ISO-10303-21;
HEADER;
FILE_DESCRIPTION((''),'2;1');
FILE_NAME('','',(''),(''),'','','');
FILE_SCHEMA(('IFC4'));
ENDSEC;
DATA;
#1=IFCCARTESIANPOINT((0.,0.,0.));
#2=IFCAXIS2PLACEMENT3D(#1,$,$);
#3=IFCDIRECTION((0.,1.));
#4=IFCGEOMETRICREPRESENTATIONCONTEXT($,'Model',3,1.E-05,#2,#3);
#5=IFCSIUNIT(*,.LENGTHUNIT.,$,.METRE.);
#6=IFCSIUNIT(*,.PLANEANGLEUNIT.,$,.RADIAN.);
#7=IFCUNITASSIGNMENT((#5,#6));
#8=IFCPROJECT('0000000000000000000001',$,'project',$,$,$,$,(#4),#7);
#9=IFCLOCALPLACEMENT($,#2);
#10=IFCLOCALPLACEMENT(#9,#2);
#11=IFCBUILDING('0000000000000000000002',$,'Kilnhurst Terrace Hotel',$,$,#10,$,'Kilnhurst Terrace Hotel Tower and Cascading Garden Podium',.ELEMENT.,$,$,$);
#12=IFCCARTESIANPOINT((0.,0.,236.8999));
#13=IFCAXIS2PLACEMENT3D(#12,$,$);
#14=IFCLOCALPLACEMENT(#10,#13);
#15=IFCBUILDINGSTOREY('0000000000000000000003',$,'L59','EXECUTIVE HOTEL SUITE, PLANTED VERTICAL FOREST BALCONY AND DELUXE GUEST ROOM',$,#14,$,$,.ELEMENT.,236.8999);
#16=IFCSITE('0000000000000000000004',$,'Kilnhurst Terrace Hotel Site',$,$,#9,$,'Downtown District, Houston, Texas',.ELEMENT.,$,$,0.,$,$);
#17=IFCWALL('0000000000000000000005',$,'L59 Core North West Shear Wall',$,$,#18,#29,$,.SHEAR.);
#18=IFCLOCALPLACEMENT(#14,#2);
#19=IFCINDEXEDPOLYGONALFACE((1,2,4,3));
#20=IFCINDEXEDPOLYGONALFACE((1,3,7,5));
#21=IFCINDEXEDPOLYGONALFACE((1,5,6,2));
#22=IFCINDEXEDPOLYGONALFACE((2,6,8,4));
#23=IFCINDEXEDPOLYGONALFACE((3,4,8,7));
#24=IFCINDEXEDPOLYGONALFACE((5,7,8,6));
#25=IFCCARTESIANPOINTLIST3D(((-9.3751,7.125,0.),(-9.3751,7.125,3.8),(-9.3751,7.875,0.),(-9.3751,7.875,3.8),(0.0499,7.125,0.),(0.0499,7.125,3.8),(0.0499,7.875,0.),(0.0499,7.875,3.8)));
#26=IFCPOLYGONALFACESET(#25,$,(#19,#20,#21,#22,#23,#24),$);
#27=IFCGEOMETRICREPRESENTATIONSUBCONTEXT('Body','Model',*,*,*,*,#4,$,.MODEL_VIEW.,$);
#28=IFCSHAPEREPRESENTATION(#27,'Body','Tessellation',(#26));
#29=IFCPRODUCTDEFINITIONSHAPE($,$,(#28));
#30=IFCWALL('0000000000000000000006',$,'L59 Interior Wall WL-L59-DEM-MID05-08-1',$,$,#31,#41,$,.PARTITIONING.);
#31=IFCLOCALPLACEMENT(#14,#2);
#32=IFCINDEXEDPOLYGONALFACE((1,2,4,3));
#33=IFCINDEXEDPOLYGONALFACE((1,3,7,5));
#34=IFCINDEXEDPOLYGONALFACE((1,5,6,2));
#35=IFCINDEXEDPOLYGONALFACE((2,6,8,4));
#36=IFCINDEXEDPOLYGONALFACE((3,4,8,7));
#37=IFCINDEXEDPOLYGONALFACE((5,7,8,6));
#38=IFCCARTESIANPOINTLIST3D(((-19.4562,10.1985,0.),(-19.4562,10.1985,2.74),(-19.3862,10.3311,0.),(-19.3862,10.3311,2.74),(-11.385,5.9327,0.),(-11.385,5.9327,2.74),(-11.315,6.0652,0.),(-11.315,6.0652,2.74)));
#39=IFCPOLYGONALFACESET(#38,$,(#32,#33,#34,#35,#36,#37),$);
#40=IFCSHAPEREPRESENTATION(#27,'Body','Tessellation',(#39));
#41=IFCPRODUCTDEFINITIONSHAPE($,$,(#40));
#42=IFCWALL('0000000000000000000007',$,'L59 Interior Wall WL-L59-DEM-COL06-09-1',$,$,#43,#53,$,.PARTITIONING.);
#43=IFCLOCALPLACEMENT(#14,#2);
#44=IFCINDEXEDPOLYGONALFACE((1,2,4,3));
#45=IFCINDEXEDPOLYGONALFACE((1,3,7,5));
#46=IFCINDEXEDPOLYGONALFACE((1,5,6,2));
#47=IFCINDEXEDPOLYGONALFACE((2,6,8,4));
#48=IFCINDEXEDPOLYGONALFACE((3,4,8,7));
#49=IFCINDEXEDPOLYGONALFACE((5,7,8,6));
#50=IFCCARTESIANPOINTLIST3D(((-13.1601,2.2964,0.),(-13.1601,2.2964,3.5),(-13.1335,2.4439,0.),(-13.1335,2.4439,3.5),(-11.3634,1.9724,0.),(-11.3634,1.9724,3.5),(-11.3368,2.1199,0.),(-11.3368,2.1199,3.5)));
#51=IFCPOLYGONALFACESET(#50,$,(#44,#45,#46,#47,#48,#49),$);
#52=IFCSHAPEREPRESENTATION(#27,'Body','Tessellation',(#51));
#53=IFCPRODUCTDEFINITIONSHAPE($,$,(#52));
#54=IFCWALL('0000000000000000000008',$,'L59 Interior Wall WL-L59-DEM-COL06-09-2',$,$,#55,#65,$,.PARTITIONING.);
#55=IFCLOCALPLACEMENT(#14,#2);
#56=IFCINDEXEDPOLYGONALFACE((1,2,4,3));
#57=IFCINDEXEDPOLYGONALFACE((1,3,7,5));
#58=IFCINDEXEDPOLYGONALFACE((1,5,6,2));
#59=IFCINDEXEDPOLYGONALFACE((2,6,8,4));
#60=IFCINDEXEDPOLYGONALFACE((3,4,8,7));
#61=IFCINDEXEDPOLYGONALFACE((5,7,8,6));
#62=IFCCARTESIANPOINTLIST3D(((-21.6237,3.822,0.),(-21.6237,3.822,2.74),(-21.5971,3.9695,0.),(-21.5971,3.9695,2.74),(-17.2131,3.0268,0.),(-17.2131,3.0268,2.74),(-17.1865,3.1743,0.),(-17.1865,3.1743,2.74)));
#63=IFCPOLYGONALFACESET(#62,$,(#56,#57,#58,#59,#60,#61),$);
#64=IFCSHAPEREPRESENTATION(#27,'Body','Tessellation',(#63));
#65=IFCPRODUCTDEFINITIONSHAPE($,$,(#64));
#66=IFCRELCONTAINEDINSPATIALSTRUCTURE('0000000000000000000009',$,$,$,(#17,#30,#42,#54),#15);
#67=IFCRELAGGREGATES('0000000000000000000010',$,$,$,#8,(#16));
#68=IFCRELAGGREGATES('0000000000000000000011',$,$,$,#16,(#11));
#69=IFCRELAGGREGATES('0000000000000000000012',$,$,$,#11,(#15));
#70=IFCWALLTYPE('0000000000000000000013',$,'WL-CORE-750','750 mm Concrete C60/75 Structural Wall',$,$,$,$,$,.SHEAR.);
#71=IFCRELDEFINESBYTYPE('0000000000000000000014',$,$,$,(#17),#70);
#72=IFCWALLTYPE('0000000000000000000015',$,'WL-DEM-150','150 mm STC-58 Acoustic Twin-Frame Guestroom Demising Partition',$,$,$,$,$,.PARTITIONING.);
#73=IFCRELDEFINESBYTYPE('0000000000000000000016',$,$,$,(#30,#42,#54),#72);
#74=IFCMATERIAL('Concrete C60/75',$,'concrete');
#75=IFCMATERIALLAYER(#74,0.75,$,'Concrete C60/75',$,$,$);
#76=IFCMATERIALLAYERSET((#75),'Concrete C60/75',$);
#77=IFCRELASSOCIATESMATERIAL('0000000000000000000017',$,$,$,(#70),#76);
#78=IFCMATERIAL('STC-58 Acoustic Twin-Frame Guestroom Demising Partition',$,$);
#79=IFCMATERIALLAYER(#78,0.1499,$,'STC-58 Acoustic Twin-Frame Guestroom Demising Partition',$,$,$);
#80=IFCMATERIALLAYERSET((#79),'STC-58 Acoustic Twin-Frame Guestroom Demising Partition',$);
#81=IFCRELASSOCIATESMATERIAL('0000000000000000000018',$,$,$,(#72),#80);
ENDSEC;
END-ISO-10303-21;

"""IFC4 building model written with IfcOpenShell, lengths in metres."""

from ifc_helpers import new_model, si_unit, direction, frame, frame_2d, origin, place, context, subcontext, project, spatial, rectangle, extrude, material, layer, layer_set, type_object, element, save


model = new_model("IFC4")

# Units and contexts
model_context = context("Model", 3, precision=1e-05, world=origin(), true_north=direction((0.0, 1.0)))
body_context = subcontext(model_context, "Body", "Model", "MODEL_VIEW")
ifc_project = project(units=[si_unit("LENGTHUNIT", "METRE"), si_unit("PLANEANGLEUNIT", "RADIAN")], contexts=[model_context])

# Site, building, storey
site_placement = place(None, origin())
site = spatial("IfcSite", under=ifc_project, at=site_placement, Name="Kilnhurst Terrace Hotel Site", LongName="Downtown District, Houston, Texas", CompositionType="ELEMENT", RefElevation=0.0)
building_placement = place(site_placement, origin())
building = spatial("IfcBuilding", under=site, at=building_placement, Name="Kilnhurst Terrace Hotel", LongName="Kilnhurst Terrace Hotel Tower and Cascading Garden Podium", CompositionType="ELEMENT")
storey_placement = place(building_placement, frame((0.0, 0.0, 236.8999)))
storey = spatial("IfcBuildingStorey", under=building, at=storey_placement, Name="L59", Description="EXECUTIVE HOTEL SUITE, PLANTED VERTICAL FOREST BALCONY AND DELUXE GUEST ROOM", CompositionType="ELEMENT", Elevation=236.8999)

# Shared definitions
ifc_material_1 = material(Name="Concrete C60/75", Category="concrete")

# Walls
ifc_layer_1 = layer(ifc_material_1, 0.75, Name="Concrete C60/75")
ifc_layer_set_1 = layer_set([ifc_layer_1], Name="Concrete C60/75")
wall_type_1 = type_object("IfcWallType", Name="WL-CORE-750", Description="750 mm Concrete C60/75 Structural Wall", PredefinedType="SHEAR", material=ifc_layer_set_1)
wall_1_placement = place(storey_placement, frame((-9.375, 7.5, 0.0), z_axis=(0.0, 0.0, 1.0), x_axis=(1.0, 0.0, 0.0)))
element("IfcWall", 1, at=wall_1_placement, inside=storey, type_object=wall_type_1, Name="L59 Core North West Shear Wall", PredefinedType="SHEAR", context=body_context, shape_type="SweptSolid", body=[
    extrude(rectangle(XDim=9.425, YDim=0.75, at=frame_2d((4.7124, 0.0))), origin(), (0.0, 0.0, 1.0), 3.8),
])
ifc_material_2 = material(Name="STC-58 Acoustic Twin-Frame Guestroom Demising Partition")
ifc_layer_2 = layer(ifc_material_2, 0.1499, Name="STC-58 Acoustic Twin-Frame Guestroom Demising Partition")
ifc_layer_set_2 = layer_set([ifc_layer_2], Name="STC-58 Acoustic Twin-Frame Guestroom Demising Partition")
wall_type_2 = type_object("IfcWallType", Name="WL-DEM-150", Description="150 mm STC-58 Acoustic Twin-Frame Guestroom Demising Partition", PredefinedType="PARTITIONING", material=ifc_layer_set_2)
wall_2_placement = place(storey_placement, frame((-11.3501, 5.999, 0.0), z_axis=(0.0, 0.0, 1.0), x_axis=(-0.884112, 0.467274, 0.0)))
element("IfcWall", 2, at=wall_2_placement, inside=storey, type_object=wall_type_2, Name="L59 Interior Wall WL-L59-DEM-MID05-08-1", PredefinedType="PARTITIONING", context=body_context, shape_type="SweptSolid", body=[
    extrude(rectangle(XDim=9.1292, YDim=0.1499, at=frame_2d((4.5645, 0.0))), origin(), (0.0, 0.0, 1.0), 2.74),
])
wall_3_placement = place(storey_placement, frame((-11.3501, 2.0461, 0.0), z_axis=(0.0, 0.0, 1.0), x_axis=(-0.984128, 0.177461, 0.0)))
element("IfcWall", 3, at=wall_3_placement, inside=storey, type_object=wall_type_2, Name="L59 Interior Wall WL-L59-DEM-COL06-09-1", PredefinedType="PARTITIONING", context=body_context, shape_type="SweptSolid", body=[
    extrude(rectangle(XDim=1.8257, YDim=0.1499, at=frame_2d((0.9128, 0.0))), origin(), (0.0, 0.0, 1.0), 3.5),
])
wall_4_placement = place(storey_placement, frame((-17.2, 3.1006, 0.0), z_axis=(0.0, 0.0, 1.0), x_axis=(-0.984135, 0.177423, 0.0)))
element("IfcWall", 4, at=wall_4_placement, inside=storey, type_object=wall_type_2, Name="L59 Interior Wall WL-L59-DEM-COL06-09-2", PredefinedType="PARTITIONING", context=body_context, shape_type="SweptSolid", body=[
    extrude(rectangle(XDim=4.4817, YDim=0.1499, at=frame_2d((2.2407, 0.0))), origin(), (0.0, 0.0, 1.0), 2.74),
])

save(model, "model.ifc")
